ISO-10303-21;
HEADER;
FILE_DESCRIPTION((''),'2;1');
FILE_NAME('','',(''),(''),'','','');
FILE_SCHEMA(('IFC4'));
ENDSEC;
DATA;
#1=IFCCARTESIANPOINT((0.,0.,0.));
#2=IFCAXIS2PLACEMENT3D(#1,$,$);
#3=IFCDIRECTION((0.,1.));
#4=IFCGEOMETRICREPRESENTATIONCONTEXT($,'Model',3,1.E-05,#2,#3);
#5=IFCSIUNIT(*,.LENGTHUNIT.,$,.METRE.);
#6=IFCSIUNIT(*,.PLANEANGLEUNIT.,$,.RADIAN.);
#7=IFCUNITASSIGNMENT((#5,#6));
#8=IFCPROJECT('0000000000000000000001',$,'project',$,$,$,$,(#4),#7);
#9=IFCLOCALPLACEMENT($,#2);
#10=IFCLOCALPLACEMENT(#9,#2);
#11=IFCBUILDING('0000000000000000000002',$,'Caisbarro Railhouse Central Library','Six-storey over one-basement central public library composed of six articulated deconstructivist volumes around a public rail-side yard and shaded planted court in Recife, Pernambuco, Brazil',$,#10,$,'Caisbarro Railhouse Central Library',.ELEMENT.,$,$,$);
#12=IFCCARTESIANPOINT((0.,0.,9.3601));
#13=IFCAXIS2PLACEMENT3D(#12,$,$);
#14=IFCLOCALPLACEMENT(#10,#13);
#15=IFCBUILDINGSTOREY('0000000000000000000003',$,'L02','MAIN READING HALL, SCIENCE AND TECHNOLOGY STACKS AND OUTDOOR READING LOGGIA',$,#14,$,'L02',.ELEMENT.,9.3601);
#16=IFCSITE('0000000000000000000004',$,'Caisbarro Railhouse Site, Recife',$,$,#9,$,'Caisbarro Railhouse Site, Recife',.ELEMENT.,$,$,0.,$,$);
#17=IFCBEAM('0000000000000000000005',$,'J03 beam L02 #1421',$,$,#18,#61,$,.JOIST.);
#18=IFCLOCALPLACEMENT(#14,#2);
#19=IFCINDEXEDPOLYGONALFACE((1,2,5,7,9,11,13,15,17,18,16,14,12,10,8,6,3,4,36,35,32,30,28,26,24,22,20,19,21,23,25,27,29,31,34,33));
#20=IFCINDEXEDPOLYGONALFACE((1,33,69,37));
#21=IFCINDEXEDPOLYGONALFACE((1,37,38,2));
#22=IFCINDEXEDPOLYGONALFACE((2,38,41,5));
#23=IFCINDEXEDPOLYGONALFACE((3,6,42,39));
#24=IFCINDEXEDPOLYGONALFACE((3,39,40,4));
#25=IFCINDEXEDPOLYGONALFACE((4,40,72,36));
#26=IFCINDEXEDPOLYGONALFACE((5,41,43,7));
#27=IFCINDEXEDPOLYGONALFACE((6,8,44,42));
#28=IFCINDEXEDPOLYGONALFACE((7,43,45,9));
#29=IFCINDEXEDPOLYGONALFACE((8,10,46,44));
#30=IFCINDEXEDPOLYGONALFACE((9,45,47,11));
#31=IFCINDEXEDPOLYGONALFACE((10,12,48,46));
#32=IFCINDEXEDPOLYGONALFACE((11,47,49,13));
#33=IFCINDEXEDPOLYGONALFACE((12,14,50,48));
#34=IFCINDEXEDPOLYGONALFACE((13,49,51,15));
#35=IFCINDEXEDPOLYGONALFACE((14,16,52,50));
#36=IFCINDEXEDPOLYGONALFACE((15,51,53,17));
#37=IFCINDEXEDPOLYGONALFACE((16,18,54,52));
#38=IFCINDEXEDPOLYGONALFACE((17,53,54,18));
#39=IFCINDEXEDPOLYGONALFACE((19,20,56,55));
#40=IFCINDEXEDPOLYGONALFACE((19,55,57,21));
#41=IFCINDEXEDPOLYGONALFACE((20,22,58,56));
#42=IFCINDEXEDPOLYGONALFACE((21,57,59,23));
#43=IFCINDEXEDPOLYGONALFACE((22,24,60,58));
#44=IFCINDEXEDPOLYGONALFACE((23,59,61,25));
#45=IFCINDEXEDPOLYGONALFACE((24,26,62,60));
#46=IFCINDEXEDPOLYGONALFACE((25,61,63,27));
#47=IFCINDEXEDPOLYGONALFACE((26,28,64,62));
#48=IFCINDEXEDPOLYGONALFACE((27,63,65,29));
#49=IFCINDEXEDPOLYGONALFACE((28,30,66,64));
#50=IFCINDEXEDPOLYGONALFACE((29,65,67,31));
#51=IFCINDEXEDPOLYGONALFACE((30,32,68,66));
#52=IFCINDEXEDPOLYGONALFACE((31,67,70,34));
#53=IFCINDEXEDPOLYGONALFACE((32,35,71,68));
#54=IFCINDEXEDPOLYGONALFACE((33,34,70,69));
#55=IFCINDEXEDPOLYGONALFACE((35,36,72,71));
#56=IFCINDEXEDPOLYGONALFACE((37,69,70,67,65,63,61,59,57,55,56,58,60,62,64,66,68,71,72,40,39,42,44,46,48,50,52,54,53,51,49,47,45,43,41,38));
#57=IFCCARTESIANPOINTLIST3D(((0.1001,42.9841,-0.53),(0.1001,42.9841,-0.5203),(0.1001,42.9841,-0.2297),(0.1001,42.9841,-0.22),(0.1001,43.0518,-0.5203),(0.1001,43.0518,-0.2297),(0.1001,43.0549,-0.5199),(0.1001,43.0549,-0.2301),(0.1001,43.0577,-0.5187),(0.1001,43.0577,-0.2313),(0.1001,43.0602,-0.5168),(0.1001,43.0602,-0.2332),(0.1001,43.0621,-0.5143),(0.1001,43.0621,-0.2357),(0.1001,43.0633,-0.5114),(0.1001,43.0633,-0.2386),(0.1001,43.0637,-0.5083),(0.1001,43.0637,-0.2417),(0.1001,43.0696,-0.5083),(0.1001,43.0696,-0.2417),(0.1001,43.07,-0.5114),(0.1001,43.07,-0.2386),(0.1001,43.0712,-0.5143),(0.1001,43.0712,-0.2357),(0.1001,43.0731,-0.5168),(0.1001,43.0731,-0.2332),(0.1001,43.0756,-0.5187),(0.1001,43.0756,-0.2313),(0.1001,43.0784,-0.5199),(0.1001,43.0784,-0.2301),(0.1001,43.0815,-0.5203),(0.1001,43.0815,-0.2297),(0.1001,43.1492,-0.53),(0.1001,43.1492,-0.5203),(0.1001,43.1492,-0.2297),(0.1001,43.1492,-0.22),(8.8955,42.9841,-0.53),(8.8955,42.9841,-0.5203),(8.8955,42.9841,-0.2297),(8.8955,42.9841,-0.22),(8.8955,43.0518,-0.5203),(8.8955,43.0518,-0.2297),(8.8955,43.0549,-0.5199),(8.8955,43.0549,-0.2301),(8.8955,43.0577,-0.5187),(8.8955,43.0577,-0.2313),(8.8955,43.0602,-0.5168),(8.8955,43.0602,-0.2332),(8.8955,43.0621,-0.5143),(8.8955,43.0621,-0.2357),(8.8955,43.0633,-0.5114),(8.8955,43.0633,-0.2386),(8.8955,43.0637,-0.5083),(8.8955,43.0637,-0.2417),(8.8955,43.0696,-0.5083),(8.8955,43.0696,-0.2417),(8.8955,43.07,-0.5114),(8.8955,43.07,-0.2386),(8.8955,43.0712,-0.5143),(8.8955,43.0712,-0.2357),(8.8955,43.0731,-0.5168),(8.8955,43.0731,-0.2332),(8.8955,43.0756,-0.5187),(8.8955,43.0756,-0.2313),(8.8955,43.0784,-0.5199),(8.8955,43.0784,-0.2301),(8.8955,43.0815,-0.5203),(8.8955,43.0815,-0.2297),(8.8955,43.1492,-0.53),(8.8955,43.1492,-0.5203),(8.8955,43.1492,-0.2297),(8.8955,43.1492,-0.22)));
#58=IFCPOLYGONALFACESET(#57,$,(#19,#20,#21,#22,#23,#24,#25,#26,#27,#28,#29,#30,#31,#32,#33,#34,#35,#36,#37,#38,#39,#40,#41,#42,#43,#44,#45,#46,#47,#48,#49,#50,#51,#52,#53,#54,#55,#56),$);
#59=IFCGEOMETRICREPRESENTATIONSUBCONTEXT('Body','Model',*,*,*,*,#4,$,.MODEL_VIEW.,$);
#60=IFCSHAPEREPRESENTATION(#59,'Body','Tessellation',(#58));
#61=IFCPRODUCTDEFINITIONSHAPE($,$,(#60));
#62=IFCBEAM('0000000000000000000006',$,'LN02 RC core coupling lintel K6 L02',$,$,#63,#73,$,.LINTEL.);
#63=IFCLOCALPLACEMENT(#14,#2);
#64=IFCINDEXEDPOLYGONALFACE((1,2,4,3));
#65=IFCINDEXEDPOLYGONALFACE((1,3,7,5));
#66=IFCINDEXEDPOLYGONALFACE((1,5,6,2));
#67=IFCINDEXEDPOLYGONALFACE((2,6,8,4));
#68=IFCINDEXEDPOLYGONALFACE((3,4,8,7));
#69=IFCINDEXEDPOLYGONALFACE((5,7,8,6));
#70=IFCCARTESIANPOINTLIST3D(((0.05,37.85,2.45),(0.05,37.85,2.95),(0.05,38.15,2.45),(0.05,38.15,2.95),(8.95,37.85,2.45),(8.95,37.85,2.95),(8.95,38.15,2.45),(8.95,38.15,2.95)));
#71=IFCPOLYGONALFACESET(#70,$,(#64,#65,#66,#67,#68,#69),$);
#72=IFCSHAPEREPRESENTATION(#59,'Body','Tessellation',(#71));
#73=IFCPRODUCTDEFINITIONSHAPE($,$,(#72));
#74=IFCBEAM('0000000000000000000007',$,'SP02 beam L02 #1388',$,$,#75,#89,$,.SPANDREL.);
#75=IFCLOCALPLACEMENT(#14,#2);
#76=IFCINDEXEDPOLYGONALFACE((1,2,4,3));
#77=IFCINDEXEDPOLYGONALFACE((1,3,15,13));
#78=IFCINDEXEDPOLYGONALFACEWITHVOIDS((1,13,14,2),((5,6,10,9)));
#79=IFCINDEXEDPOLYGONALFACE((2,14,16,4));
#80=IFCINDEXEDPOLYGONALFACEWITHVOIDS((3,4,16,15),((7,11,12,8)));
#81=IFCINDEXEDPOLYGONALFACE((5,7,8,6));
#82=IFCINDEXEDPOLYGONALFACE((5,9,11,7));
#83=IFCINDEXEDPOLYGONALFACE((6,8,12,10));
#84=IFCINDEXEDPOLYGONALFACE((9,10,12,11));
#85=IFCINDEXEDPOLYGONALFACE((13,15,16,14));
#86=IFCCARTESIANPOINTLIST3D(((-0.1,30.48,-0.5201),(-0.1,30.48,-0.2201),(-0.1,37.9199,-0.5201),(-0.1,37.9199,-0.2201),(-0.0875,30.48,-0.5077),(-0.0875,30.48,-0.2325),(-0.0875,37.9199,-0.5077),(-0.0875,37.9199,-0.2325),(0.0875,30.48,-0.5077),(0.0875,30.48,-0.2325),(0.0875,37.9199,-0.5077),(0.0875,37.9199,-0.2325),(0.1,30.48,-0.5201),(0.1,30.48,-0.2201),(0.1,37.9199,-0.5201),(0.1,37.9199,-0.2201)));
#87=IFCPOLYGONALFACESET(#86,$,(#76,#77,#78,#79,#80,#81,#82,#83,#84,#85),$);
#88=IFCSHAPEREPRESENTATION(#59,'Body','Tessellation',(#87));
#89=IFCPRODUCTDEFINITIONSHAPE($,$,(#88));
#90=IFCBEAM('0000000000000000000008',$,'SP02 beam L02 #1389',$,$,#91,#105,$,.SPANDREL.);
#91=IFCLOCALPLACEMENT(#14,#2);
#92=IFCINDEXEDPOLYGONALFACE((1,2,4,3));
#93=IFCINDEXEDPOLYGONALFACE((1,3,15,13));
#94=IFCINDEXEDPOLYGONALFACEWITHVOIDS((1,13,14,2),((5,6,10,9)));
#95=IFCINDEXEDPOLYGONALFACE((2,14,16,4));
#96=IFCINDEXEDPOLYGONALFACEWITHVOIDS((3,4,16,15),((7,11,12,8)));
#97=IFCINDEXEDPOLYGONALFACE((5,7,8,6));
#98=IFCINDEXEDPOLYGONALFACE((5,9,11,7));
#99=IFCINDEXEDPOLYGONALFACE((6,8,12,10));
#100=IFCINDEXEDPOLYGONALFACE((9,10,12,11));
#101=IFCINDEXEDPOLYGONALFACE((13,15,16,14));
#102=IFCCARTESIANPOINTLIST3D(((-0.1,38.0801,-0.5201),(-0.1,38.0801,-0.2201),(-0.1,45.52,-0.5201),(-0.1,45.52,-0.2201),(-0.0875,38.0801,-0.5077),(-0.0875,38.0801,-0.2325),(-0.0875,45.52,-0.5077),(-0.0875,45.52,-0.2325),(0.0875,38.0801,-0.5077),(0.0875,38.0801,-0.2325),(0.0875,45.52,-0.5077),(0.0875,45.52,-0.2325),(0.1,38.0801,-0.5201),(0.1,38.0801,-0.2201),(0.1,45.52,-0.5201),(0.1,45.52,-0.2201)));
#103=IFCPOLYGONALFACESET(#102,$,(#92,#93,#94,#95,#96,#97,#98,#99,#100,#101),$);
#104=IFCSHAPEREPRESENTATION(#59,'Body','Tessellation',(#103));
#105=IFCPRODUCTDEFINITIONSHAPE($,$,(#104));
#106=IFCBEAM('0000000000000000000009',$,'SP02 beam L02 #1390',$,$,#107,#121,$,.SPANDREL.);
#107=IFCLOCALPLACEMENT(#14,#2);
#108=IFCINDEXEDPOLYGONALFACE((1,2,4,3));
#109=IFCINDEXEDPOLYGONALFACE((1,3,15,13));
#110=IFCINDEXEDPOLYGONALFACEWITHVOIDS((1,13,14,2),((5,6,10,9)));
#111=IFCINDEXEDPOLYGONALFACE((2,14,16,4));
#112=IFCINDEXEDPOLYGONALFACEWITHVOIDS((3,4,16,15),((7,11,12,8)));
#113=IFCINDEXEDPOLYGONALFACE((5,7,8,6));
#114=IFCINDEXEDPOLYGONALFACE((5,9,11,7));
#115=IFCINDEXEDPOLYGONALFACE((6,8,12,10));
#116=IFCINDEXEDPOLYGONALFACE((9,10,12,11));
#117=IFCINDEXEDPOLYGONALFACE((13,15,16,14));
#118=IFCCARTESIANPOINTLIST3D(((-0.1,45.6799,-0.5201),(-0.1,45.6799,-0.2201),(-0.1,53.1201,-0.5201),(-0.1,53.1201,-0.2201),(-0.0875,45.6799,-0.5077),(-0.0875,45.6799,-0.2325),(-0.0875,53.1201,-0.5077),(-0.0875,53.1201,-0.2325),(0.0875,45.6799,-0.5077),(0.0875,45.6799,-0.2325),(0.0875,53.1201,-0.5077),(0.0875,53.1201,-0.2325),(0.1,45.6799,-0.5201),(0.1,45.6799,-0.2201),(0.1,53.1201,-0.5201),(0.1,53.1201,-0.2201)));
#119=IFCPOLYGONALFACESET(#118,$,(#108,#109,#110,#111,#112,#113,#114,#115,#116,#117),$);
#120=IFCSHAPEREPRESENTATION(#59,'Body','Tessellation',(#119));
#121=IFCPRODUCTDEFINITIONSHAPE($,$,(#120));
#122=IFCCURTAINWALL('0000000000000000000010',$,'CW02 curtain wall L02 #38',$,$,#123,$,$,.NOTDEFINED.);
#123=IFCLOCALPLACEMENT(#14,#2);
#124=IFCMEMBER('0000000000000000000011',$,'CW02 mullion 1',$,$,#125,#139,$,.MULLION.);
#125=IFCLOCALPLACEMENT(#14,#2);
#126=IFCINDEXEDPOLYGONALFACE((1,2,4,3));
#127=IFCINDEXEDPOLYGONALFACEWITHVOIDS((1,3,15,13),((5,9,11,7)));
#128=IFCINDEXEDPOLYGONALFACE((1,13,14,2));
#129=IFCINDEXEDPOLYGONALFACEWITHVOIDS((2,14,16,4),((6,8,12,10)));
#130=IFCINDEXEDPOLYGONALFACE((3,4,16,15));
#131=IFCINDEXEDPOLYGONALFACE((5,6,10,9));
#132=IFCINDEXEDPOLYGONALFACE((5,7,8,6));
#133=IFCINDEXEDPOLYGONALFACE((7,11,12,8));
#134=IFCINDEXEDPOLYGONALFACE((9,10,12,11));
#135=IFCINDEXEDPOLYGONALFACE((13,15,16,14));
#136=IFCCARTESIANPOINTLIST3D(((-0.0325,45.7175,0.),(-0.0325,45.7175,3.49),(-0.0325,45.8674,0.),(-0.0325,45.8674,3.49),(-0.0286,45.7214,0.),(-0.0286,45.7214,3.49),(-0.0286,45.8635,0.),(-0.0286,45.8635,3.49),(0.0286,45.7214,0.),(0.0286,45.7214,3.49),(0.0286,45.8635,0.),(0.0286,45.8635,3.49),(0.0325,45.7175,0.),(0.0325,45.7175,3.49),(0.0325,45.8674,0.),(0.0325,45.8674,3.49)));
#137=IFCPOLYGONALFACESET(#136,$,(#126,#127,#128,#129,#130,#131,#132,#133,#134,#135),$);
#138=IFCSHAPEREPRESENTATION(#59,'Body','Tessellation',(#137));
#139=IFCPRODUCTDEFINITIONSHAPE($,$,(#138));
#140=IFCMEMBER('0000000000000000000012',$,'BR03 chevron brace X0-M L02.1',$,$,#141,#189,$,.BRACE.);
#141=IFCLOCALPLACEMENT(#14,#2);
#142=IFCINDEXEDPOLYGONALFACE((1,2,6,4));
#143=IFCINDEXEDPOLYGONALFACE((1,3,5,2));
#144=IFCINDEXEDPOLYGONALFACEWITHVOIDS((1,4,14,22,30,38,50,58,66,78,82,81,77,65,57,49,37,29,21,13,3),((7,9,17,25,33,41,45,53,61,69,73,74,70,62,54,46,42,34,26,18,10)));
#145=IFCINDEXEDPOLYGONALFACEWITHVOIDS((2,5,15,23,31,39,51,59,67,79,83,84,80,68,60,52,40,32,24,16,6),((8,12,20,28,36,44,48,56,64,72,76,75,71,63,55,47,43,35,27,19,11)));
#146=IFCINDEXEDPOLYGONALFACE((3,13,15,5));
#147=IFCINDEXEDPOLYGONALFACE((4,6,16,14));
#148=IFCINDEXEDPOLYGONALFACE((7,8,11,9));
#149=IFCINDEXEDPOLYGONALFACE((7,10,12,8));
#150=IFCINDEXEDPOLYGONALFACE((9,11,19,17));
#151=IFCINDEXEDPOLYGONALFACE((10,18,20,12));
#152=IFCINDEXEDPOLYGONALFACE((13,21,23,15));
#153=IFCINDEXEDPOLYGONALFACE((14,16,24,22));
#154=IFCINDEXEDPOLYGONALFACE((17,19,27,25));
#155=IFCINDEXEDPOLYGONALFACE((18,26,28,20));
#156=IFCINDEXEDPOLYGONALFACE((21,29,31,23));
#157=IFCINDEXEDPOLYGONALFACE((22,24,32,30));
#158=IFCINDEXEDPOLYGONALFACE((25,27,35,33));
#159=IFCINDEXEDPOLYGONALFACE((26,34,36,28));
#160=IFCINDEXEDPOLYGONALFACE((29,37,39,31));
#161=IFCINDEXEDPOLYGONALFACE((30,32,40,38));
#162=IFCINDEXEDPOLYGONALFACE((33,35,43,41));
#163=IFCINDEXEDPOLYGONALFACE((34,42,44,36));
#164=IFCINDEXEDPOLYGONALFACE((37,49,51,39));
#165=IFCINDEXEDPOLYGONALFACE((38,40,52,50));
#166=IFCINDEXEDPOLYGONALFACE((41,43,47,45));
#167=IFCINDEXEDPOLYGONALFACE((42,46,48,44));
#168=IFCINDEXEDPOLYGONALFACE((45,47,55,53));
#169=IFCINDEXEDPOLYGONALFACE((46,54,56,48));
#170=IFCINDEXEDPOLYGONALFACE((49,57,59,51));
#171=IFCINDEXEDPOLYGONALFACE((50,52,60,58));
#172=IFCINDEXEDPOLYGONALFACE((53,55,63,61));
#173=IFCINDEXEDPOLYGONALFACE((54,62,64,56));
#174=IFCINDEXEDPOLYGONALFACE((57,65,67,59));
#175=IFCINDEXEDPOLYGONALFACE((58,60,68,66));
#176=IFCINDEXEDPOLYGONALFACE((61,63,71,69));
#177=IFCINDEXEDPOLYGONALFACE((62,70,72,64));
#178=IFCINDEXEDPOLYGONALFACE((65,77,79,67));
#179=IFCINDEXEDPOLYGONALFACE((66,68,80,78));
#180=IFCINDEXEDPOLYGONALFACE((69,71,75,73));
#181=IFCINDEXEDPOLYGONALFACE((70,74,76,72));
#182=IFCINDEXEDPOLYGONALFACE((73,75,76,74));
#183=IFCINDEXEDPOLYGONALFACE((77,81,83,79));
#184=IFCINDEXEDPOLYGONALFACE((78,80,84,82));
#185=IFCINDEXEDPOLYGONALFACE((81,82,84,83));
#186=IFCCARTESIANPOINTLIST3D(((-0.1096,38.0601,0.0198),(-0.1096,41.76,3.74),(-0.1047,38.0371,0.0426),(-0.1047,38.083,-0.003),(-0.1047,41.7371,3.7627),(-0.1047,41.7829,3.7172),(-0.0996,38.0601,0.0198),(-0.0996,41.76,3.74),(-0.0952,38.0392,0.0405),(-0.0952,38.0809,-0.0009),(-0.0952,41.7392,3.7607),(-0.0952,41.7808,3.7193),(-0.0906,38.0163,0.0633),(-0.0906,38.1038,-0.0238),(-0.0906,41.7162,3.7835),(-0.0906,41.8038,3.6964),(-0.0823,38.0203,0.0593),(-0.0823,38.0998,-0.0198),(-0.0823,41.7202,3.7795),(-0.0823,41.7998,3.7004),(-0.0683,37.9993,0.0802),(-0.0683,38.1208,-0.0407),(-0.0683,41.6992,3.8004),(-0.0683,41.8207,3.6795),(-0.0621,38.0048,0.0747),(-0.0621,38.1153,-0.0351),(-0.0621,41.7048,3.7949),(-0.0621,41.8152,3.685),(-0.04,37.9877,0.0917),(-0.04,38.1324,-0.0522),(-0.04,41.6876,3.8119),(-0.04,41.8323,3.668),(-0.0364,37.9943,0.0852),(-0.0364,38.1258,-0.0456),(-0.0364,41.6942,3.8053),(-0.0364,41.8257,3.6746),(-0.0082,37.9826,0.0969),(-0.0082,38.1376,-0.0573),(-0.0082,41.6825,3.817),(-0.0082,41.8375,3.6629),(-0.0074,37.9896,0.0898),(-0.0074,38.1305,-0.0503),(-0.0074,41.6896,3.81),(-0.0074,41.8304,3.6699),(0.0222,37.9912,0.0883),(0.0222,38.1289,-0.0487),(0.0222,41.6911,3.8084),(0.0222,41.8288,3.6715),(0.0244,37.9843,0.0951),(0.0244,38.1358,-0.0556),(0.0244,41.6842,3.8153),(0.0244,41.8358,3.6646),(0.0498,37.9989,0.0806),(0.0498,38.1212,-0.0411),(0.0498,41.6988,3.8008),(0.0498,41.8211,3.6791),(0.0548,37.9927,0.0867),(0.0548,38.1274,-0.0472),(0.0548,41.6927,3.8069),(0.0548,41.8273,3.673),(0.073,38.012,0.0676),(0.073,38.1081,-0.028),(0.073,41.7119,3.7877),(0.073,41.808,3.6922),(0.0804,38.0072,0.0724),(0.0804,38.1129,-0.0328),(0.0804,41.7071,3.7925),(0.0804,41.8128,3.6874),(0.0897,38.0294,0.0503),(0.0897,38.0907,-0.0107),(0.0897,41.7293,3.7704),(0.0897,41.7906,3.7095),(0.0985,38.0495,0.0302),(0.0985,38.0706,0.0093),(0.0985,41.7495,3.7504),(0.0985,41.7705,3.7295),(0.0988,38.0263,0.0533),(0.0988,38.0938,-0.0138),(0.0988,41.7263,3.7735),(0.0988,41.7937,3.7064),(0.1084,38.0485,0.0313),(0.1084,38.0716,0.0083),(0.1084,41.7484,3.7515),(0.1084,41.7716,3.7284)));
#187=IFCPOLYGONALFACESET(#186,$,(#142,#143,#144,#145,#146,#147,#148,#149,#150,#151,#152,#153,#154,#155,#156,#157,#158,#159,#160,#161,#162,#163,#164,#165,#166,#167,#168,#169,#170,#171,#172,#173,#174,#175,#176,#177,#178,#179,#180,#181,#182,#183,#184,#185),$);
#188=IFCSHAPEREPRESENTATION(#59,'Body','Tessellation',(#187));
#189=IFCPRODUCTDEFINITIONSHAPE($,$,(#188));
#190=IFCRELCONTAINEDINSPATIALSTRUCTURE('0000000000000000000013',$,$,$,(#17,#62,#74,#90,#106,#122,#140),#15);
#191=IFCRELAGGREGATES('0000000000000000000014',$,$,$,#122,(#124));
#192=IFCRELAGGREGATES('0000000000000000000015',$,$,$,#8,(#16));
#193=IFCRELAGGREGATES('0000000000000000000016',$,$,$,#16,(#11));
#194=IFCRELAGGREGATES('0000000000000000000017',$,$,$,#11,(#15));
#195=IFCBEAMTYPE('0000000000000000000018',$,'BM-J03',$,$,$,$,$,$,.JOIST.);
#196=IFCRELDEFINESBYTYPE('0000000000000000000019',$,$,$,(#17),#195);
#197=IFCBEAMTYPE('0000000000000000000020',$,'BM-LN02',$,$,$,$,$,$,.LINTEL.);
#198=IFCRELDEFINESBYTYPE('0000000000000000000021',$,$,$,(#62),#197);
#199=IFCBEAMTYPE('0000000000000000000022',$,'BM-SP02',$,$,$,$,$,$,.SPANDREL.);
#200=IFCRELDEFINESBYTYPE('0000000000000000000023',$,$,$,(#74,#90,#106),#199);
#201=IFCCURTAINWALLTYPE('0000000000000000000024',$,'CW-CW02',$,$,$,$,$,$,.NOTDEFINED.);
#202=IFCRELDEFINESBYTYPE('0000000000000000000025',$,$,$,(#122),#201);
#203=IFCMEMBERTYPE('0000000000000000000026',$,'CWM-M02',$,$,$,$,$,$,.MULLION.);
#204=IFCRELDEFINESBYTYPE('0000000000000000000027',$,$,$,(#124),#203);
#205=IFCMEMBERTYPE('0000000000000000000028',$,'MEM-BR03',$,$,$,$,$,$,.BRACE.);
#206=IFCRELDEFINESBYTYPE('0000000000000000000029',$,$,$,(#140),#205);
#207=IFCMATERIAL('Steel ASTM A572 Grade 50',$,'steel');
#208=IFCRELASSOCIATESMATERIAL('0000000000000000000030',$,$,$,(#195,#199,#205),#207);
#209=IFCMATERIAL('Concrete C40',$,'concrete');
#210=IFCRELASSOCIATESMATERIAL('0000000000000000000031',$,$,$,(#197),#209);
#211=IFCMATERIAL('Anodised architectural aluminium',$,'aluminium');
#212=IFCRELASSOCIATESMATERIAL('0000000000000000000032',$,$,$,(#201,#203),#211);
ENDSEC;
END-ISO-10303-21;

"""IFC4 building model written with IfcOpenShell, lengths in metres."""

from ifc_helpers import new_model, si_unit, direction, frame, origin, origin_2d, place, context, subcontext, project, spatial, rectangle, hollow_rectangle, hollow_circle, i_section, extrude, material, material_profile, profile_set, type_object, element, aggregate, save


model = new_model("IFC4")

# Units and contexts
model_context = context("Model", 3, precision=1e-05, world=origin(), true_north=direction((0.0, 1.0)))
body_context = subcontext(model_context, "Body", "Model", "MODEL_VIEW")
ifc_project = project(units=[si_unit("LENGTHUNIT", "METRE"), si_unit("PLANEANGLEUNIT", "RADIAN")], contexts=[model_context])

# Site, building, storey
site_placement = place(None, origin())
site = spatial("IfcSite", under=ifc_project, at=site_placement, Name="Caisbarro Railhouse Site, Recife", LongName="Caisbarro Railhouse Site, Recife", CompositionType="ELEMENT", RefElevation=0.0)
building_placement = place(site_placement, origin())
building = spatial("IfcBuilding", under=site, at=building_placement, Name="Caisbarro Railhouse Central Library", Description="Six-storey over one-basement central public library composed of six articulated deconstructivist volumes around a public rail-side yard and shaded planted court in Recife, Pernambuco, Brazil", LongName="Caisbarro Railhouse Central Library", CompositionType="ELEMENT")
storey_placement = place(building_placement, frame((0.0, 0.0, 9.3601)))
storey = spatial("IfcBuildingStorey", under=building, at=storey_placement, Name="L02", Description="MAIN READING HALL, SCIENCE AND TECHNOLOGY STACKS AND OUTDOOR READING LOGGIA", LongName="L02", CompositionType="ELEMENT", Elevation=9.3601)

# Shared definitions
ifc_material_1 = material(Name="Steel ASTM A572 Grade 50", Category="steel")

# Beams
ifc_material_profile_1 = material_profile(ifc_material_1, i_section(OverallWidth=0.165, OverallDepth=0.3101, WebThickness=0.0059, FlangeThickness=0.0098, FilletRadius=0.012, at=origin_2d()), Name="W310X38.7")
ifc_profile_set_1 = profile_set([ifc_material_profile_1], Name="Steel ASTM A572 Grade 50")
beam_type_1 = type_object("IfcBeamType", Name="BM-J03", PredefinedType="JOIST", material=ifc_profile_set_1)
for number, where, z_axis, x_axis, name in (
    (1, (0.1001, 43.0667, -0.375), (1.0, 0.0, 0.0), (0.0, 1.0, 0.0), "J03 beam L02 #1421"),
):
    element("IfcBeam", number, at=place(storey_placement, frame(where, z_axis=z_axis, x_axis=x_axis)), inside=storey, type_object=beam_type_1, Name=name, PredefinedType="JOIST", context=body_context, shape_type="SweptSolid", body=[
        extrude(i_section(OverallWidth=0.165, OverallDepth=0.3101, WebThickness=0.0059, FlangeThickness=0.0098, FilletRadius=0.012, at=origin_2d()), origin(), (0.0, 0.0, 1.0), 8.7954),
    ])
ifc_material_2 = material(Name="Concrete C40", Category="concrete")
ifc_material_profile_2 = material_profile(ifc_material_2, rectangle(XDim=0.3, YDim=0.5, at=origin_2d()), Name="RC-LIN-300X500")
ifc_profile_set_2 = profile_set([ifc_material_profile_2], Name="Concrete C40")
beam_type_2 = type_object("IfcBeamType", Name="BM-LN02", PredefinedType="LINTEL", material=ifc_profile_set_2)
beam_1_placement = place(storey_placement, frame((0.05, 38.0, 2.7), z_axis=(1.0, 0.0, 0.0), x_axis=(0.0, 1.0, 0.0)))
element("IfcBeam", 2, at=beam_1_placement, inside=storey, type_object=beam_type_2, Name="LN02 RC core coupling lintel K6 L02", PredefinedType="LINTEL", context=body_context, shape_type="SweptSolid", body=[
    extrude(rectangle(XDim=0.3, YDim=0.5, at=origin_2d()), origin(), (0.0, 0.0, 1.0), 8.8999),
])
ifc_material_profile_3 = material_profile(ifc_material_1, hollow_rectangle(XDim=0.2, YDim=0.3, WallThickness=0.0125, at=origin_2d()), Name="HSS300X200X12.5")
ifc_profile_set_3 = profile_set([ifc_material_profile_3], Name="Steel ASTM A572 Grade 50")
beam_type_3 = type_object("IfcBeamType", Name="BM-SP02", PredefinedType="SPANDREL", material=ifc_profile_set_3)
for number, where, z_axis, x_axis, name in (
    (3, (0.0, 30.48, -0.3701), (0.0, 1.0, 0.0), (-1.0, 0.0, 0.0), "SP02 beam L02 #1388"),
    (4, (0.0, 38.0801, -0.3701), (0.0, 1.0, 0.0), (-1.0, 0.0, 0.0), "SP02 beam L02 #1389"),
):
    element("IfcBeam", number, at=place(storey_placement, frame(where, z_axis=z_axis, x_axis=x_axis)), inside=storey, type_object=beam_type_3, Name=name, PredefinedType="SPANDREL", context=body_context, shape_type="SweptSolid", body=[
        extrude(hollow_rectangle(XDim=0.2, YDim=0.3, WallThickness=0.0125, at=origin_2d()), origin(), (0.0, 0.0, 1.0), 7.4399),
    ])
beam_2_placement = place(storey_placement, frame((0.0, 45.6799, -0.3701), z_axis=(0.0, 1.0, 0.0), x_axis=(-1.0, 0.0, 0.0)))
element("IfcBeam", 5, at=beam_2_placement, inside=storey, type_object=beam_type_3, Name="SP02 beam L02 #1390", PredefinedType="SPANDREL", context=body_context, shape_type="SweptSolid", body=[
    extrude(hollow_rectangle(XDim=0.2, YDim=0.3, WallThickness=0.0125, at=origin_2d()), origin(), (0.0, 0.0, 1.0), 7.4402),
])

# Curtain wall, member
ifc_material_3 = material(Name="Anodised architectural aluminium", Category="aluminium")
curtain_wall_type = type_object("IfcCurtainWallType", Name="CW-CW02", PredefinedType="NOTDEFINED", material=ifc_material_3)
curtain_wall_placement = place(storey_placement, origin())
curtain_wall = element("IfcCurtainWall", 6, at=curtain_wall_placement, inside=storey, type_object=curtain_wall_type, Name="CW02 curtain wall L02 #38", PredefinedType="NOTDEFINED")
ifc_material_profile_4 = material_profile(ifc_material_3, hollow_rectangle(XDim=0.0649, YDim=0.1499, WallThickness=0.0039, at=origin_2d()), Name="ALU-MUL-65X150")
ifc_profile_set_4 = profile_set([ifc_material_profile_4], Name="Anodised architectural aluminium")
member_type_1 = type_object("IfcMemberType", Name="CWM-M02", PredefinedType="MULLION", material=ifc_profile_set_4)
member_placement = place(storey_placement, frame((0.0, 45.7925, 0.0), z_axis=(0.0, 0.0, 1.0), x_axis=(-1.0, 0.0, 0.0)))
member = element("IfcMember", 7, at=member_placement, type_object=member_type_1, Name="CW02 mullion 1", PredefinedType="MULLION", context=body_context, shape_type="SweptSolid", body=[
    extrude(hollow_rectangle(XDim=0.0649, YDim=0.1499, WallThickness=0.0039, at=origin_2d()), origin(), (0.0, 0.0, 1.0), 3.49),
])
aggregate(curtain_wall, [member])

# Member
ifc_material_profile_5 = material_profile(ifc_material_1, hollow_circle(Radius=0.1096, WallThickness=0.01, at=origin_2d()), Name="CHS219.1X10")
ifc_profile_set_5 = profile_set([ifc_material_profile_5], Name="Steel ASTM A572 Grade 50")
member_type_2 = type_object("IfcMemberType", Name="MEM-BR03", PredefinedType="BRACE", material=ifc_profile_set_5)
for number, where, z_axis, x_axis, name in (
    (8, (0.0, 38.0601, 0.0198), (0.0, 0.705173, 0.709035), (-1.0, 0.0, 0.0), "BR03 chevron brace X0-M L02.1"),
):
    element("IfcMember", number, at=place(storey_placement, frame(where, z_axis=z_axis, x_axis=x_axis)), inside=storey, type_object=member_type_2, Name=name, PredefinedType="BRACE", context=body_context, shape_type="SweptSolid", body=[
        extrude(hollow_circle(Radius=0.1096, WallThickness=0.01, at=origin_2d()), origin(), (0.0, 0.0, 1.0), 5.2468),
    ])

save(model, "model.ifc")
